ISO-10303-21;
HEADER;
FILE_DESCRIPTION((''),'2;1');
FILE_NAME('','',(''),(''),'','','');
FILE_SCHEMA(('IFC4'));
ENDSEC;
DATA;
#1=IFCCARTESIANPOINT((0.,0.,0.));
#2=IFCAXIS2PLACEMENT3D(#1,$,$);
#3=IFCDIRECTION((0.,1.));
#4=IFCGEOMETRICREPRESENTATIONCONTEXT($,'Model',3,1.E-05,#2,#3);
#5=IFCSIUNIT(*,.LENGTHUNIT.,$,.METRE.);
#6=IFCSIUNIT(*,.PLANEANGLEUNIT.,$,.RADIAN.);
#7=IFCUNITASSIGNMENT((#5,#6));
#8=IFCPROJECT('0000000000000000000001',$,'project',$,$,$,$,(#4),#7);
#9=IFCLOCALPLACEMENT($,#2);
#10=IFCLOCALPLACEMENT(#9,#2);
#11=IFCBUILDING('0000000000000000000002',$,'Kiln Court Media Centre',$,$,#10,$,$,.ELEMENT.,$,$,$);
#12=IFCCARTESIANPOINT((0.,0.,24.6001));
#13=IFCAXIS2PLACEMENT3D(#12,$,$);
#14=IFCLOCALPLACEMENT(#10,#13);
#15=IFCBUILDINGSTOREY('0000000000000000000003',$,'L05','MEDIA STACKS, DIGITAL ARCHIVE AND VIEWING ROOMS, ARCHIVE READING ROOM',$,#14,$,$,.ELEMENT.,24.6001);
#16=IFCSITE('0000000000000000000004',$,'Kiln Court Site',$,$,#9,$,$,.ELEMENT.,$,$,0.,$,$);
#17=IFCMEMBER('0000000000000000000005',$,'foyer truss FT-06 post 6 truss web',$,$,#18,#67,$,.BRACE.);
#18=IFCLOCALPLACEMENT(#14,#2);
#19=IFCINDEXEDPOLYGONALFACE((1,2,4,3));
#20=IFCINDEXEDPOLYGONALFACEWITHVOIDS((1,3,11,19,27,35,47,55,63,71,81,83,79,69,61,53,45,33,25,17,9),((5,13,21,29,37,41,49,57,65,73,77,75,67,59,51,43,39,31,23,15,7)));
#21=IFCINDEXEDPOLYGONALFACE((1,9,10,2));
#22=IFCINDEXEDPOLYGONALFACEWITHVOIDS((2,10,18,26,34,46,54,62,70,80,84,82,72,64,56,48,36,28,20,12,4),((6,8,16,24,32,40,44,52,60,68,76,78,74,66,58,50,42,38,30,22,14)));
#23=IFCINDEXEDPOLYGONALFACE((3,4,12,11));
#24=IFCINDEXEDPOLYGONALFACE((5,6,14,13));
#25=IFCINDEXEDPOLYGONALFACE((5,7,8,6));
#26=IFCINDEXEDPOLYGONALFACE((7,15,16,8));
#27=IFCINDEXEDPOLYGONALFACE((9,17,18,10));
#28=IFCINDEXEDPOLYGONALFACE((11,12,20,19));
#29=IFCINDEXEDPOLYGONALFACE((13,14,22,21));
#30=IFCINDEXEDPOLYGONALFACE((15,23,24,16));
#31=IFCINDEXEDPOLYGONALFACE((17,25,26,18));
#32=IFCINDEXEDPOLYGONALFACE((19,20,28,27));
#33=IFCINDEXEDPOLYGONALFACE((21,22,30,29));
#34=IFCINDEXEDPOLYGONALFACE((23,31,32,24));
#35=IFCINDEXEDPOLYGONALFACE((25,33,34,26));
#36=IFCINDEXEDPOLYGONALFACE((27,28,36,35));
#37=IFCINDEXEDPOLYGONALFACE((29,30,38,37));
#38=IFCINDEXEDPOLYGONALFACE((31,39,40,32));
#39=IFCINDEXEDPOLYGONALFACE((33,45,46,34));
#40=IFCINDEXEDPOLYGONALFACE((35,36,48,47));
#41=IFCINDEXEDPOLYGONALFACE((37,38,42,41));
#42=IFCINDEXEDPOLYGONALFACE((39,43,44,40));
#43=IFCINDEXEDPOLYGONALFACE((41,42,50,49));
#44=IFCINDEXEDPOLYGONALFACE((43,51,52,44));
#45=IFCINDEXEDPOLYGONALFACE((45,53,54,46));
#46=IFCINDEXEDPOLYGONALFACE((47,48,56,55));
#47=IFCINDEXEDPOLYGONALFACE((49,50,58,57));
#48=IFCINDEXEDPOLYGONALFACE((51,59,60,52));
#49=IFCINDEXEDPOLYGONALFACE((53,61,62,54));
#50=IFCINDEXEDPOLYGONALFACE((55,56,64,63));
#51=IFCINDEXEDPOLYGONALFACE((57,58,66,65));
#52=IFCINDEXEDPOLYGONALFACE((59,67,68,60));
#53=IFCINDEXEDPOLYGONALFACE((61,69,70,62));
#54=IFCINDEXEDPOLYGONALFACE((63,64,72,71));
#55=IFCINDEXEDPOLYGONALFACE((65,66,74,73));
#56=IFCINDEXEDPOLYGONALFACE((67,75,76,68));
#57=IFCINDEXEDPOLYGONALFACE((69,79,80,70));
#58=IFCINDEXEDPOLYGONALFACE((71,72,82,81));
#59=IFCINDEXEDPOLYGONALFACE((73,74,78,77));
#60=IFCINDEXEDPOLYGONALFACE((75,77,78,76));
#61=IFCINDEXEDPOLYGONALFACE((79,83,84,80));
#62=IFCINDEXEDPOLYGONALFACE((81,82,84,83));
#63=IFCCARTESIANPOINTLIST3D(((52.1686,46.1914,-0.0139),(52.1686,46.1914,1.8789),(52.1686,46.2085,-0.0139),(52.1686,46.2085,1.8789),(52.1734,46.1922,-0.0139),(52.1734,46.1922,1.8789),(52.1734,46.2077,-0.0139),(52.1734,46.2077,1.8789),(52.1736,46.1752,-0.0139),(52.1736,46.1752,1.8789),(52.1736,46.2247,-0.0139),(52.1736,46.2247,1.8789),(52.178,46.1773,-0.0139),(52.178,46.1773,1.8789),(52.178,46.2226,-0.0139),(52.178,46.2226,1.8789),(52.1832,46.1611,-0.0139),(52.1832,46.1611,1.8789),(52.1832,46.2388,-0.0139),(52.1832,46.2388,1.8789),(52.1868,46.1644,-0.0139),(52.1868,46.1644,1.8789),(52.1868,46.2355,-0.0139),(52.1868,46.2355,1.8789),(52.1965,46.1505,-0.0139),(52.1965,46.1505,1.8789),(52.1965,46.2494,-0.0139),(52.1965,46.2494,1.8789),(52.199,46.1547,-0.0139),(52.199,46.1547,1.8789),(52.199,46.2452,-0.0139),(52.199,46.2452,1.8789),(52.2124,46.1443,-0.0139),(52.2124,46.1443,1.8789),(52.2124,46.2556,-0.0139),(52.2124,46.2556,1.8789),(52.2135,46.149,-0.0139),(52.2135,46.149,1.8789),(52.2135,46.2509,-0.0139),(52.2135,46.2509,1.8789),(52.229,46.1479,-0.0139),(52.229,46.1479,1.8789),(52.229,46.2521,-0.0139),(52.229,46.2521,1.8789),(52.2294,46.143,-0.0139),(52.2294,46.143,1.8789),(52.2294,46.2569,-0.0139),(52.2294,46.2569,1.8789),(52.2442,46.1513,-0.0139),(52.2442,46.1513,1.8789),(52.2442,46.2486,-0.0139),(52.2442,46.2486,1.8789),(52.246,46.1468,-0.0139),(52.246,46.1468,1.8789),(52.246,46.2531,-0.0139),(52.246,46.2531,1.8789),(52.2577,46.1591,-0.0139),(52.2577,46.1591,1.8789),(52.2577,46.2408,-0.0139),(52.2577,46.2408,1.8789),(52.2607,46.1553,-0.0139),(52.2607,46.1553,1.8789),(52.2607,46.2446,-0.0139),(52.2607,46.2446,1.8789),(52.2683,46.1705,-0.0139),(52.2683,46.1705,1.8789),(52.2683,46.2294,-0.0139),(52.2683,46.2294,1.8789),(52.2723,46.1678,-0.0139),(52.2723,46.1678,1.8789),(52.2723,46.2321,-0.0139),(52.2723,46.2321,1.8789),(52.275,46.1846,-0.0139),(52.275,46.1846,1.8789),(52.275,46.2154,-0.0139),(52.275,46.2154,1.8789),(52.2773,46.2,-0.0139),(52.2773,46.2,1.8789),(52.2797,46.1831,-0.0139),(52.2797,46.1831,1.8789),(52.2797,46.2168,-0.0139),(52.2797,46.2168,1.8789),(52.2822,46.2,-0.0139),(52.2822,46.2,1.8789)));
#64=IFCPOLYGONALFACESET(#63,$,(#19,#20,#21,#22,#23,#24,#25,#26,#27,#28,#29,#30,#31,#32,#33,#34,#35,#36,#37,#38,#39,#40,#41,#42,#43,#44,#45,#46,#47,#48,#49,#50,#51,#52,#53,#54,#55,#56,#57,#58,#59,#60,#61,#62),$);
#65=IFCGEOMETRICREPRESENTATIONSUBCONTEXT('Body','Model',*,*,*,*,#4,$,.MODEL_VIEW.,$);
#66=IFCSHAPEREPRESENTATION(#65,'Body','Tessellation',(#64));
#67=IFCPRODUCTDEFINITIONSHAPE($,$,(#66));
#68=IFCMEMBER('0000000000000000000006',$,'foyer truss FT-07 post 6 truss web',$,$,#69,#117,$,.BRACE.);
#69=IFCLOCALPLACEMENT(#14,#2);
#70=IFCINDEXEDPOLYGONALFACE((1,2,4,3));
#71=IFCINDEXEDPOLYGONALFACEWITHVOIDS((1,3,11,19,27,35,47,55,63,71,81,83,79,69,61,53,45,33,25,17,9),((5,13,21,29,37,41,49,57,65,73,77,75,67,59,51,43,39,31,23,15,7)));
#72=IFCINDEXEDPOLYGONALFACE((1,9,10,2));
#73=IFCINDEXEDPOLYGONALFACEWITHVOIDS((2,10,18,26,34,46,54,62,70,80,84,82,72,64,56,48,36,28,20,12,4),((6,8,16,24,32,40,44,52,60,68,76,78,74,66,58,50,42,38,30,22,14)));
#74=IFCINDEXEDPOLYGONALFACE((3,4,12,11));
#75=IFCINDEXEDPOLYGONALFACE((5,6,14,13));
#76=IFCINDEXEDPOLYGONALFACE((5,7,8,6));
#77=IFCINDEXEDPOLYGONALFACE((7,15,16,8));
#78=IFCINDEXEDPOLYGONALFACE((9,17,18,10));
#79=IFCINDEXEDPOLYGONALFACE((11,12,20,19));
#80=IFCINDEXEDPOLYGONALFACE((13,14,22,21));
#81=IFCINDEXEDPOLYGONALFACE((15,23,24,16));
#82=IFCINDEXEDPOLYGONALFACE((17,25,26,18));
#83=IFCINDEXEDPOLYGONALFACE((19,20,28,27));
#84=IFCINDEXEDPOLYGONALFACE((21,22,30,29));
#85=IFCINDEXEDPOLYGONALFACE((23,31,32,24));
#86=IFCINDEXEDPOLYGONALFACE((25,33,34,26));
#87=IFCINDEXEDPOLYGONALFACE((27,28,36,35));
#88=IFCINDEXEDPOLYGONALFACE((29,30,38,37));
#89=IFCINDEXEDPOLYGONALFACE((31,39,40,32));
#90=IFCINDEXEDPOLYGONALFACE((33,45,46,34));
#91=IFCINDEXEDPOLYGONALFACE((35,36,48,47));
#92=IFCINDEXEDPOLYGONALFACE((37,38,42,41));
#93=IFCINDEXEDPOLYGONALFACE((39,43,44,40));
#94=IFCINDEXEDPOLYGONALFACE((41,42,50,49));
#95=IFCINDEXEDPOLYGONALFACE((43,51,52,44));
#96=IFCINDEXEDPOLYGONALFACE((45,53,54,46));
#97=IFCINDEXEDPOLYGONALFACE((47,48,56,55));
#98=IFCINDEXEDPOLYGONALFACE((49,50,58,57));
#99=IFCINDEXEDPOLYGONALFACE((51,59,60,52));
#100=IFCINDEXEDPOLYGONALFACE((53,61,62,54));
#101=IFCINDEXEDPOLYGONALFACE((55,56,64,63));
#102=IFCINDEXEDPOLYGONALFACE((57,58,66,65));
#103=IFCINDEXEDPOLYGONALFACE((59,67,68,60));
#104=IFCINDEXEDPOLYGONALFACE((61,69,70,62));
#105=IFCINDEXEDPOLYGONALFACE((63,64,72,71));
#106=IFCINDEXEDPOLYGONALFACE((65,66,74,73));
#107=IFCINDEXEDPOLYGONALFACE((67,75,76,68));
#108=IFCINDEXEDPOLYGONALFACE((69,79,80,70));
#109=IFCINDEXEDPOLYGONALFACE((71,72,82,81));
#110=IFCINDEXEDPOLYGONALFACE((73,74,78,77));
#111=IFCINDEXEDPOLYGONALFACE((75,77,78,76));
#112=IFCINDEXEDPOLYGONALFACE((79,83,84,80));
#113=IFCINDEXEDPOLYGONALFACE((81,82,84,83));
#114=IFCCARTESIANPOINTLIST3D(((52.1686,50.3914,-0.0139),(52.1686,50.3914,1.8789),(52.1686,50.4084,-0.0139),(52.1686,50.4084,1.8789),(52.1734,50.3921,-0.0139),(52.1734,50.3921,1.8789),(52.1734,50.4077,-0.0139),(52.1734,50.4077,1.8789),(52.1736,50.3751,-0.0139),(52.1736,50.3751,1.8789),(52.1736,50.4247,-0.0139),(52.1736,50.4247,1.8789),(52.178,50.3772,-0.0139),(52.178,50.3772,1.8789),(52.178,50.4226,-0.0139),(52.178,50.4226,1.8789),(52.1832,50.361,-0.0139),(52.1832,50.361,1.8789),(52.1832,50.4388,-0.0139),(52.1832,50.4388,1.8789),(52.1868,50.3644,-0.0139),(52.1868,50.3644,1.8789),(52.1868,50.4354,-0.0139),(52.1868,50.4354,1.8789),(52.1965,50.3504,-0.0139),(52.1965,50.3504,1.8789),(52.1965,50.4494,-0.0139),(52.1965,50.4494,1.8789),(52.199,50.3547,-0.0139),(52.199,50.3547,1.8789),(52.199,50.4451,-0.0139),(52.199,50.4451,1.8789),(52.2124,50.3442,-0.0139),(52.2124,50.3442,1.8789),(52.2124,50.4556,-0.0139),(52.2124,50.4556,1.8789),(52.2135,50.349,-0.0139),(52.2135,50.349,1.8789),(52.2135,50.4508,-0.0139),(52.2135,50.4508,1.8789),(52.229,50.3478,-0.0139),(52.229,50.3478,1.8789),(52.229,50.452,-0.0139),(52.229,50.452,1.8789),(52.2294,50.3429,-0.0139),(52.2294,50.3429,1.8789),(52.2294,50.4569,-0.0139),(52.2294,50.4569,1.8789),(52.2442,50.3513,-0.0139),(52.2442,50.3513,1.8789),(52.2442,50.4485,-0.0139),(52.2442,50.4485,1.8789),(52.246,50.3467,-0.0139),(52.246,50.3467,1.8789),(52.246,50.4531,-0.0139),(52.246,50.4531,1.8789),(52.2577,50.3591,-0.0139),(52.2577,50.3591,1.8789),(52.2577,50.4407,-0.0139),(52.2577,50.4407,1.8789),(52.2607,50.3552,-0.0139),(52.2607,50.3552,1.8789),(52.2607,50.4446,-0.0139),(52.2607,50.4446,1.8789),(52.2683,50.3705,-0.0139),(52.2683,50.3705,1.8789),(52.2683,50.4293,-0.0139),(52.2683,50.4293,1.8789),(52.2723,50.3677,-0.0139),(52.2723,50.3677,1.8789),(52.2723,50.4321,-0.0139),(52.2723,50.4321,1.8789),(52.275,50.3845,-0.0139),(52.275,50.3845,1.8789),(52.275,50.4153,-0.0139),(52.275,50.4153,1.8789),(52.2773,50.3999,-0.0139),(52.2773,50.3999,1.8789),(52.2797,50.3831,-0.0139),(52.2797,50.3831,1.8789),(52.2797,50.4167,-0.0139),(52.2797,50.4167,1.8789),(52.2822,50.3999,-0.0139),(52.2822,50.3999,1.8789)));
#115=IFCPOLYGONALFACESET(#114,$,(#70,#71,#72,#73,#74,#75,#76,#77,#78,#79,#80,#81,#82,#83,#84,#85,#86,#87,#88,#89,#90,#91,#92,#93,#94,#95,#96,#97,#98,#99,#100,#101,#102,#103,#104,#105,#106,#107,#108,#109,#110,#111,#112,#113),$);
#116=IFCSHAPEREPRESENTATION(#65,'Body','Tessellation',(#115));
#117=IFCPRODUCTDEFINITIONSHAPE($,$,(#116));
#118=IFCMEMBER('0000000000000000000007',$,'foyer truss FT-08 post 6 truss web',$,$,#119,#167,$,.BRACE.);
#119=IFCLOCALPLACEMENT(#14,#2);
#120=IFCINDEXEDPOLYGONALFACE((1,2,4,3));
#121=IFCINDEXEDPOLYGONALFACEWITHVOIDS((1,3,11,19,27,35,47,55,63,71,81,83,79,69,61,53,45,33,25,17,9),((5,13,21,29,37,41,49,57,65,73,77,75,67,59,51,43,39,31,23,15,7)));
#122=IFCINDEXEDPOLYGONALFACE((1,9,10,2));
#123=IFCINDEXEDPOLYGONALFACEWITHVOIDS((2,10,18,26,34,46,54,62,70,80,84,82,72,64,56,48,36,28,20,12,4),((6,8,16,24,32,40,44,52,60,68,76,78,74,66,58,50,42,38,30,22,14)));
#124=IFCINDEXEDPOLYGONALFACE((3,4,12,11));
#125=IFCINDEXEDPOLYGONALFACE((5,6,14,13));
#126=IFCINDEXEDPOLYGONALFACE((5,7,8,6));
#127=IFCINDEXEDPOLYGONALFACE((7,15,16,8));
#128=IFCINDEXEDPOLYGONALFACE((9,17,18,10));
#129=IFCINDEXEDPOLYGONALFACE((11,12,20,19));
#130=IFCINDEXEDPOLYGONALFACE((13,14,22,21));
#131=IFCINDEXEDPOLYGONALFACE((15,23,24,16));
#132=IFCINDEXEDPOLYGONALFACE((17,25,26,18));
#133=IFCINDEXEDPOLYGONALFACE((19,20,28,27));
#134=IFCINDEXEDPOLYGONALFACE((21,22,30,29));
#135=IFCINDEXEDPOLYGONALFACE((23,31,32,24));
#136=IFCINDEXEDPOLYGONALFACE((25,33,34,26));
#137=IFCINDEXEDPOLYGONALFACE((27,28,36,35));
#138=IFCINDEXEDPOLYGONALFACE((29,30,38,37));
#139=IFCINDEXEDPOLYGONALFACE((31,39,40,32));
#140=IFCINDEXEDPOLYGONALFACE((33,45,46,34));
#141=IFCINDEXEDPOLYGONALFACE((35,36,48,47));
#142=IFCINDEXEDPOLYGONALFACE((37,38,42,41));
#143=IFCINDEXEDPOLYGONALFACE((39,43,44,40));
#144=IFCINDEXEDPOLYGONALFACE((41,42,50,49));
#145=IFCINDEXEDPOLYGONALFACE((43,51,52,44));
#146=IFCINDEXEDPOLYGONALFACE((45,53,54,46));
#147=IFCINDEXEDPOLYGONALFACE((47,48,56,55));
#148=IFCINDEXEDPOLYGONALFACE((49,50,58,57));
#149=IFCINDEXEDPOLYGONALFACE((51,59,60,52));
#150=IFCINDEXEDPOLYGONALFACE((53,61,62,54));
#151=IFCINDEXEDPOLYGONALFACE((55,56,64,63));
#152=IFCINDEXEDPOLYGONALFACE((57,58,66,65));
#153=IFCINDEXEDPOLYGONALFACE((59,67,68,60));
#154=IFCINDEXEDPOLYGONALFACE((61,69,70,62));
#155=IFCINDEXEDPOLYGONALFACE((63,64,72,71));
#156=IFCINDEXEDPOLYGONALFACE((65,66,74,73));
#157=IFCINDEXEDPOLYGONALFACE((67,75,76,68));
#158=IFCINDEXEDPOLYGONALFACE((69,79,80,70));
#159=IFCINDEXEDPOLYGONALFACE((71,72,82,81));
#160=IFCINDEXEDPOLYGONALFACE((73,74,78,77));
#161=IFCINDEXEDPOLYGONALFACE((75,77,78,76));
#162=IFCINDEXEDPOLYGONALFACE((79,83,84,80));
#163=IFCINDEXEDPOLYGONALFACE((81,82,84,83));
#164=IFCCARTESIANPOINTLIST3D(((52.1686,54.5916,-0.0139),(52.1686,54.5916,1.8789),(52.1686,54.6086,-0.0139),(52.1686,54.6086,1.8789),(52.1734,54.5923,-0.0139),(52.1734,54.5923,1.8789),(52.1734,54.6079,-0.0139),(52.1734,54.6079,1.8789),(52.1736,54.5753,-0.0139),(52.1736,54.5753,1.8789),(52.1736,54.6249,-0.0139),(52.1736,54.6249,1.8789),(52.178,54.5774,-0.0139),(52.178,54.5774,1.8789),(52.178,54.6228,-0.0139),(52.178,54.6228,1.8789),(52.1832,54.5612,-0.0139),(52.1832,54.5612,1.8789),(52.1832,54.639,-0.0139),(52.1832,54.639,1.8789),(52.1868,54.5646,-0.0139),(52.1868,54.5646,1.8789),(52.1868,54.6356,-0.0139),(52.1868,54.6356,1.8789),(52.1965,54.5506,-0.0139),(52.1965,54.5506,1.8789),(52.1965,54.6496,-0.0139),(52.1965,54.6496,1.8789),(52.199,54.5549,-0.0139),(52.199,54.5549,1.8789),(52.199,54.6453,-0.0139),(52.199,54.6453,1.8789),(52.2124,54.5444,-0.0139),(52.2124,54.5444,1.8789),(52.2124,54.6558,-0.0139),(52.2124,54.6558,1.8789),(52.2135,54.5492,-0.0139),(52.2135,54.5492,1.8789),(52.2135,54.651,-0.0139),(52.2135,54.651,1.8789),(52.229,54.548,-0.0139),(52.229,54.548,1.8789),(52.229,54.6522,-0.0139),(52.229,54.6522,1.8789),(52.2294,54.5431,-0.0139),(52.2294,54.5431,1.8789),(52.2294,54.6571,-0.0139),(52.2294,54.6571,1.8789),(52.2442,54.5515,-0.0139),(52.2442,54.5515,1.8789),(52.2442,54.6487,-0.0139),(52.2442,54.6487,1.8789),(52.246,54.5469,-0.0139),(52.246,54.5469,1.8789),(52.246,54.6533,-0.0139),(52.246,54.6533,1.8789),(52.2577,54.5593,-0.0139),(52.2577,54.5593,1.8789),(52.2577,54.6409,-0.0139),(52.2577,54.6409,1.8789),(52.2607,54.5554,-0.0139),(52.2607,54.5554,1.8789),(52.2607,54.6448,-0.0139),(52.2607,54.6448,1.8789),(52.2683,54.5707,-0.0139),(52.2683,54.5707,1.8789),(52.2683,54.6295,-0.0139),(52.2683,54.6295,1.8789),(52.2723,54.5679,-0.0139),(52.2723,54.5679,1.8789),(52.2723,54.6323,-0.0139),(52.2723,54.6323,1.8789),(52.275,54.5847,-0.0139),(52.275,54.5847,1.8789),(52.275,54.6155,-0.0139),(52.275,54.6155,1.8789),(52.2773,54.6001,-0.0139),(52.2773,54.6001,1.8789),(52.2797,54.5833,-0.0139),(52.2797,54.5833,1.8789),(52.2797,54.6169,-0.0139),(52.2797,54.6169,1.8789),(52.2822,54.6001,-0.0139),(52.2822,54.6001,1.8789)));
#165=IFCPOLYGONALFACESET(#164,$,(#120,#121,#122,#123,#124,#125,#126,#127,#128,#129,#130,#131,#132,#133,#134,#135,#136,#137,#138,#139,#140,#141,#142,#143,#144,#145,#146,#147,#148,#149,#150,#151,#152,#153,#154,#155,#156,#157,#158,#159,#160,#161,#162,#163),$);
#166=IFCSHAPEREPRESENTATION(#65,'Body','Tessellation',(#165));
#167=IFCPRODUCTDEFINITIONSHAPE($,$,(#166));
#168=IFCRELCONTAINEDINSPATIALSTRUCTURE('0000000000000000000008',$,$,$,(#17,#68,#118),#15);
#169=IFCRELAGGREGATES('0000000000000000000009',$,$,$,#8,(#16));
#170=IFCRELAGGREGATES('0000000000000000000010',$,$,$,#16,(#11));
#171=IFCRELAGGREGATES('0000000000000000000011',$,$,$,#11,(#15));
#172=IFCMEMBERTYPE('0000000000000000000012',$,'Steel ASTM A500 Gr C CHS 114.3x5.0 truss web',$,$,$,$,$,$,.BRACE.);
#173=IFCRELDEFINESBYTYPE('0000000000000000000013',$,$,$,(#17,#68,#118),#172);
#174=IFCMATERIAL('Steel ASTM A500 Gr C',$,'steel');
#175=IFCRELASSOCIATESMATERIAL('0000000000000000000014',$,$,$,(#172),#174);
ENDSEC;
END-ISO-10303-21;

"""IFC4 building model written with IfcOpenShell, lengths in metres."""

from ifc_helpers import new_model, si_unit, direction, frame, origin, origin_2d, place, context, subcontext, project, spatial, hollow_circle, extrude, material, material_profile, profile_set, type_object, element, save


model = new_model("IFC4")

# Units and contexts
model_context = context("Model", 3, precision=1e-05, world=origin(), true_north=direction((0.0, 1.0)))
body_context = subcontext(model_context, "Body", "Model", "MODEL_VIEW")
ifc_project = project(units=[si_unit("LENGTHUNIT", "METRE"), si_unit("PLANEANGLEUNIT", "RADIAN")], contexts=[model_context])

# Site, building, storey
site_placement = place(None, origin())
site = spatial("IfcSite", under=ifc_project, at=site_placement, Name="Kiln Court Site", CompositionType="ELEMENT", RefElevation=0.0)
building_placement = place(site_placement, origin())
building = spatial("IfcBuilding", under=site, at=building_placement, Name="Kiln Court Media Centre", CompositionType="ELEMENT")
storey_placement = place(building_placement, frame((0.0, 0.0, 24.6001)))
storey = spatial("IfcBuildingStorey", under=building, at=storey_placement, Name="L05", Description="MEDIA STACKS, DIGITAL ARCHIVE AND VIEWING ROOMS, ARCHIVE READING ROOM", CompositionType="ELEMENT", Elevation=24.6001)

# Members
ifc_material_1 = material(Name="Steel ASTM A500 Gr C", Category="steel")
ifc_material_profile_1 = material_profile(ifc_material_1, hollow_circle(Radius=0.0571, WallThickness=0.0049, at=origin_2d()), Name="CHS 114.3x5.0")
ifc_profile_set_1 = profile_set([ifc_material_profile_1], Name="Steel ASTM A500 Gr C")
member_type_1 = type_object("IfcMemberType", Name="Steel ASTM A500 Gr C CHS 114.3x5.0 truss web", PredefinedType="BRACE", material=ifc_profile_set_1)
for number, where, z_axis, x_axis, name in (
    (1, (52.2251, 46.2, -0.0139), (0.0, 0.0, 1.0), (1.0, 0.0, 0.0), "foyer truss FT-06 post 6 truss web"),
    (2, (52.2251, 50.3999, -0.0139), (0.0, 0.0, 1.0), (1.0, 0.0, 0.0), "foyer truss FT-07 post 6 truss web"),
    (3, (52.2251, 54.6001, -0.0139), (0.0, 0.0, 1.0), (1.0, 0.0, 0.0), "foyer truss FT-08 post 6 truss web"),
):
    element("IfcMember", number, at=place(storey_placement, frame(where, z_axis=z_axis, x_axis=x_axis)), inside=storey, type_object=member_type_1, Name=name, PredefinedType="BRACE", context=body_context, shape_type="SweptSolid", body=[
        extrude(hollow_circle(Radius=0.0571, WallThickness=0.0049, at=origin_2d()), origin(), (0.0, 0.0, 1.0), 1.8928),
    ])

save(model, "model.ifc")
